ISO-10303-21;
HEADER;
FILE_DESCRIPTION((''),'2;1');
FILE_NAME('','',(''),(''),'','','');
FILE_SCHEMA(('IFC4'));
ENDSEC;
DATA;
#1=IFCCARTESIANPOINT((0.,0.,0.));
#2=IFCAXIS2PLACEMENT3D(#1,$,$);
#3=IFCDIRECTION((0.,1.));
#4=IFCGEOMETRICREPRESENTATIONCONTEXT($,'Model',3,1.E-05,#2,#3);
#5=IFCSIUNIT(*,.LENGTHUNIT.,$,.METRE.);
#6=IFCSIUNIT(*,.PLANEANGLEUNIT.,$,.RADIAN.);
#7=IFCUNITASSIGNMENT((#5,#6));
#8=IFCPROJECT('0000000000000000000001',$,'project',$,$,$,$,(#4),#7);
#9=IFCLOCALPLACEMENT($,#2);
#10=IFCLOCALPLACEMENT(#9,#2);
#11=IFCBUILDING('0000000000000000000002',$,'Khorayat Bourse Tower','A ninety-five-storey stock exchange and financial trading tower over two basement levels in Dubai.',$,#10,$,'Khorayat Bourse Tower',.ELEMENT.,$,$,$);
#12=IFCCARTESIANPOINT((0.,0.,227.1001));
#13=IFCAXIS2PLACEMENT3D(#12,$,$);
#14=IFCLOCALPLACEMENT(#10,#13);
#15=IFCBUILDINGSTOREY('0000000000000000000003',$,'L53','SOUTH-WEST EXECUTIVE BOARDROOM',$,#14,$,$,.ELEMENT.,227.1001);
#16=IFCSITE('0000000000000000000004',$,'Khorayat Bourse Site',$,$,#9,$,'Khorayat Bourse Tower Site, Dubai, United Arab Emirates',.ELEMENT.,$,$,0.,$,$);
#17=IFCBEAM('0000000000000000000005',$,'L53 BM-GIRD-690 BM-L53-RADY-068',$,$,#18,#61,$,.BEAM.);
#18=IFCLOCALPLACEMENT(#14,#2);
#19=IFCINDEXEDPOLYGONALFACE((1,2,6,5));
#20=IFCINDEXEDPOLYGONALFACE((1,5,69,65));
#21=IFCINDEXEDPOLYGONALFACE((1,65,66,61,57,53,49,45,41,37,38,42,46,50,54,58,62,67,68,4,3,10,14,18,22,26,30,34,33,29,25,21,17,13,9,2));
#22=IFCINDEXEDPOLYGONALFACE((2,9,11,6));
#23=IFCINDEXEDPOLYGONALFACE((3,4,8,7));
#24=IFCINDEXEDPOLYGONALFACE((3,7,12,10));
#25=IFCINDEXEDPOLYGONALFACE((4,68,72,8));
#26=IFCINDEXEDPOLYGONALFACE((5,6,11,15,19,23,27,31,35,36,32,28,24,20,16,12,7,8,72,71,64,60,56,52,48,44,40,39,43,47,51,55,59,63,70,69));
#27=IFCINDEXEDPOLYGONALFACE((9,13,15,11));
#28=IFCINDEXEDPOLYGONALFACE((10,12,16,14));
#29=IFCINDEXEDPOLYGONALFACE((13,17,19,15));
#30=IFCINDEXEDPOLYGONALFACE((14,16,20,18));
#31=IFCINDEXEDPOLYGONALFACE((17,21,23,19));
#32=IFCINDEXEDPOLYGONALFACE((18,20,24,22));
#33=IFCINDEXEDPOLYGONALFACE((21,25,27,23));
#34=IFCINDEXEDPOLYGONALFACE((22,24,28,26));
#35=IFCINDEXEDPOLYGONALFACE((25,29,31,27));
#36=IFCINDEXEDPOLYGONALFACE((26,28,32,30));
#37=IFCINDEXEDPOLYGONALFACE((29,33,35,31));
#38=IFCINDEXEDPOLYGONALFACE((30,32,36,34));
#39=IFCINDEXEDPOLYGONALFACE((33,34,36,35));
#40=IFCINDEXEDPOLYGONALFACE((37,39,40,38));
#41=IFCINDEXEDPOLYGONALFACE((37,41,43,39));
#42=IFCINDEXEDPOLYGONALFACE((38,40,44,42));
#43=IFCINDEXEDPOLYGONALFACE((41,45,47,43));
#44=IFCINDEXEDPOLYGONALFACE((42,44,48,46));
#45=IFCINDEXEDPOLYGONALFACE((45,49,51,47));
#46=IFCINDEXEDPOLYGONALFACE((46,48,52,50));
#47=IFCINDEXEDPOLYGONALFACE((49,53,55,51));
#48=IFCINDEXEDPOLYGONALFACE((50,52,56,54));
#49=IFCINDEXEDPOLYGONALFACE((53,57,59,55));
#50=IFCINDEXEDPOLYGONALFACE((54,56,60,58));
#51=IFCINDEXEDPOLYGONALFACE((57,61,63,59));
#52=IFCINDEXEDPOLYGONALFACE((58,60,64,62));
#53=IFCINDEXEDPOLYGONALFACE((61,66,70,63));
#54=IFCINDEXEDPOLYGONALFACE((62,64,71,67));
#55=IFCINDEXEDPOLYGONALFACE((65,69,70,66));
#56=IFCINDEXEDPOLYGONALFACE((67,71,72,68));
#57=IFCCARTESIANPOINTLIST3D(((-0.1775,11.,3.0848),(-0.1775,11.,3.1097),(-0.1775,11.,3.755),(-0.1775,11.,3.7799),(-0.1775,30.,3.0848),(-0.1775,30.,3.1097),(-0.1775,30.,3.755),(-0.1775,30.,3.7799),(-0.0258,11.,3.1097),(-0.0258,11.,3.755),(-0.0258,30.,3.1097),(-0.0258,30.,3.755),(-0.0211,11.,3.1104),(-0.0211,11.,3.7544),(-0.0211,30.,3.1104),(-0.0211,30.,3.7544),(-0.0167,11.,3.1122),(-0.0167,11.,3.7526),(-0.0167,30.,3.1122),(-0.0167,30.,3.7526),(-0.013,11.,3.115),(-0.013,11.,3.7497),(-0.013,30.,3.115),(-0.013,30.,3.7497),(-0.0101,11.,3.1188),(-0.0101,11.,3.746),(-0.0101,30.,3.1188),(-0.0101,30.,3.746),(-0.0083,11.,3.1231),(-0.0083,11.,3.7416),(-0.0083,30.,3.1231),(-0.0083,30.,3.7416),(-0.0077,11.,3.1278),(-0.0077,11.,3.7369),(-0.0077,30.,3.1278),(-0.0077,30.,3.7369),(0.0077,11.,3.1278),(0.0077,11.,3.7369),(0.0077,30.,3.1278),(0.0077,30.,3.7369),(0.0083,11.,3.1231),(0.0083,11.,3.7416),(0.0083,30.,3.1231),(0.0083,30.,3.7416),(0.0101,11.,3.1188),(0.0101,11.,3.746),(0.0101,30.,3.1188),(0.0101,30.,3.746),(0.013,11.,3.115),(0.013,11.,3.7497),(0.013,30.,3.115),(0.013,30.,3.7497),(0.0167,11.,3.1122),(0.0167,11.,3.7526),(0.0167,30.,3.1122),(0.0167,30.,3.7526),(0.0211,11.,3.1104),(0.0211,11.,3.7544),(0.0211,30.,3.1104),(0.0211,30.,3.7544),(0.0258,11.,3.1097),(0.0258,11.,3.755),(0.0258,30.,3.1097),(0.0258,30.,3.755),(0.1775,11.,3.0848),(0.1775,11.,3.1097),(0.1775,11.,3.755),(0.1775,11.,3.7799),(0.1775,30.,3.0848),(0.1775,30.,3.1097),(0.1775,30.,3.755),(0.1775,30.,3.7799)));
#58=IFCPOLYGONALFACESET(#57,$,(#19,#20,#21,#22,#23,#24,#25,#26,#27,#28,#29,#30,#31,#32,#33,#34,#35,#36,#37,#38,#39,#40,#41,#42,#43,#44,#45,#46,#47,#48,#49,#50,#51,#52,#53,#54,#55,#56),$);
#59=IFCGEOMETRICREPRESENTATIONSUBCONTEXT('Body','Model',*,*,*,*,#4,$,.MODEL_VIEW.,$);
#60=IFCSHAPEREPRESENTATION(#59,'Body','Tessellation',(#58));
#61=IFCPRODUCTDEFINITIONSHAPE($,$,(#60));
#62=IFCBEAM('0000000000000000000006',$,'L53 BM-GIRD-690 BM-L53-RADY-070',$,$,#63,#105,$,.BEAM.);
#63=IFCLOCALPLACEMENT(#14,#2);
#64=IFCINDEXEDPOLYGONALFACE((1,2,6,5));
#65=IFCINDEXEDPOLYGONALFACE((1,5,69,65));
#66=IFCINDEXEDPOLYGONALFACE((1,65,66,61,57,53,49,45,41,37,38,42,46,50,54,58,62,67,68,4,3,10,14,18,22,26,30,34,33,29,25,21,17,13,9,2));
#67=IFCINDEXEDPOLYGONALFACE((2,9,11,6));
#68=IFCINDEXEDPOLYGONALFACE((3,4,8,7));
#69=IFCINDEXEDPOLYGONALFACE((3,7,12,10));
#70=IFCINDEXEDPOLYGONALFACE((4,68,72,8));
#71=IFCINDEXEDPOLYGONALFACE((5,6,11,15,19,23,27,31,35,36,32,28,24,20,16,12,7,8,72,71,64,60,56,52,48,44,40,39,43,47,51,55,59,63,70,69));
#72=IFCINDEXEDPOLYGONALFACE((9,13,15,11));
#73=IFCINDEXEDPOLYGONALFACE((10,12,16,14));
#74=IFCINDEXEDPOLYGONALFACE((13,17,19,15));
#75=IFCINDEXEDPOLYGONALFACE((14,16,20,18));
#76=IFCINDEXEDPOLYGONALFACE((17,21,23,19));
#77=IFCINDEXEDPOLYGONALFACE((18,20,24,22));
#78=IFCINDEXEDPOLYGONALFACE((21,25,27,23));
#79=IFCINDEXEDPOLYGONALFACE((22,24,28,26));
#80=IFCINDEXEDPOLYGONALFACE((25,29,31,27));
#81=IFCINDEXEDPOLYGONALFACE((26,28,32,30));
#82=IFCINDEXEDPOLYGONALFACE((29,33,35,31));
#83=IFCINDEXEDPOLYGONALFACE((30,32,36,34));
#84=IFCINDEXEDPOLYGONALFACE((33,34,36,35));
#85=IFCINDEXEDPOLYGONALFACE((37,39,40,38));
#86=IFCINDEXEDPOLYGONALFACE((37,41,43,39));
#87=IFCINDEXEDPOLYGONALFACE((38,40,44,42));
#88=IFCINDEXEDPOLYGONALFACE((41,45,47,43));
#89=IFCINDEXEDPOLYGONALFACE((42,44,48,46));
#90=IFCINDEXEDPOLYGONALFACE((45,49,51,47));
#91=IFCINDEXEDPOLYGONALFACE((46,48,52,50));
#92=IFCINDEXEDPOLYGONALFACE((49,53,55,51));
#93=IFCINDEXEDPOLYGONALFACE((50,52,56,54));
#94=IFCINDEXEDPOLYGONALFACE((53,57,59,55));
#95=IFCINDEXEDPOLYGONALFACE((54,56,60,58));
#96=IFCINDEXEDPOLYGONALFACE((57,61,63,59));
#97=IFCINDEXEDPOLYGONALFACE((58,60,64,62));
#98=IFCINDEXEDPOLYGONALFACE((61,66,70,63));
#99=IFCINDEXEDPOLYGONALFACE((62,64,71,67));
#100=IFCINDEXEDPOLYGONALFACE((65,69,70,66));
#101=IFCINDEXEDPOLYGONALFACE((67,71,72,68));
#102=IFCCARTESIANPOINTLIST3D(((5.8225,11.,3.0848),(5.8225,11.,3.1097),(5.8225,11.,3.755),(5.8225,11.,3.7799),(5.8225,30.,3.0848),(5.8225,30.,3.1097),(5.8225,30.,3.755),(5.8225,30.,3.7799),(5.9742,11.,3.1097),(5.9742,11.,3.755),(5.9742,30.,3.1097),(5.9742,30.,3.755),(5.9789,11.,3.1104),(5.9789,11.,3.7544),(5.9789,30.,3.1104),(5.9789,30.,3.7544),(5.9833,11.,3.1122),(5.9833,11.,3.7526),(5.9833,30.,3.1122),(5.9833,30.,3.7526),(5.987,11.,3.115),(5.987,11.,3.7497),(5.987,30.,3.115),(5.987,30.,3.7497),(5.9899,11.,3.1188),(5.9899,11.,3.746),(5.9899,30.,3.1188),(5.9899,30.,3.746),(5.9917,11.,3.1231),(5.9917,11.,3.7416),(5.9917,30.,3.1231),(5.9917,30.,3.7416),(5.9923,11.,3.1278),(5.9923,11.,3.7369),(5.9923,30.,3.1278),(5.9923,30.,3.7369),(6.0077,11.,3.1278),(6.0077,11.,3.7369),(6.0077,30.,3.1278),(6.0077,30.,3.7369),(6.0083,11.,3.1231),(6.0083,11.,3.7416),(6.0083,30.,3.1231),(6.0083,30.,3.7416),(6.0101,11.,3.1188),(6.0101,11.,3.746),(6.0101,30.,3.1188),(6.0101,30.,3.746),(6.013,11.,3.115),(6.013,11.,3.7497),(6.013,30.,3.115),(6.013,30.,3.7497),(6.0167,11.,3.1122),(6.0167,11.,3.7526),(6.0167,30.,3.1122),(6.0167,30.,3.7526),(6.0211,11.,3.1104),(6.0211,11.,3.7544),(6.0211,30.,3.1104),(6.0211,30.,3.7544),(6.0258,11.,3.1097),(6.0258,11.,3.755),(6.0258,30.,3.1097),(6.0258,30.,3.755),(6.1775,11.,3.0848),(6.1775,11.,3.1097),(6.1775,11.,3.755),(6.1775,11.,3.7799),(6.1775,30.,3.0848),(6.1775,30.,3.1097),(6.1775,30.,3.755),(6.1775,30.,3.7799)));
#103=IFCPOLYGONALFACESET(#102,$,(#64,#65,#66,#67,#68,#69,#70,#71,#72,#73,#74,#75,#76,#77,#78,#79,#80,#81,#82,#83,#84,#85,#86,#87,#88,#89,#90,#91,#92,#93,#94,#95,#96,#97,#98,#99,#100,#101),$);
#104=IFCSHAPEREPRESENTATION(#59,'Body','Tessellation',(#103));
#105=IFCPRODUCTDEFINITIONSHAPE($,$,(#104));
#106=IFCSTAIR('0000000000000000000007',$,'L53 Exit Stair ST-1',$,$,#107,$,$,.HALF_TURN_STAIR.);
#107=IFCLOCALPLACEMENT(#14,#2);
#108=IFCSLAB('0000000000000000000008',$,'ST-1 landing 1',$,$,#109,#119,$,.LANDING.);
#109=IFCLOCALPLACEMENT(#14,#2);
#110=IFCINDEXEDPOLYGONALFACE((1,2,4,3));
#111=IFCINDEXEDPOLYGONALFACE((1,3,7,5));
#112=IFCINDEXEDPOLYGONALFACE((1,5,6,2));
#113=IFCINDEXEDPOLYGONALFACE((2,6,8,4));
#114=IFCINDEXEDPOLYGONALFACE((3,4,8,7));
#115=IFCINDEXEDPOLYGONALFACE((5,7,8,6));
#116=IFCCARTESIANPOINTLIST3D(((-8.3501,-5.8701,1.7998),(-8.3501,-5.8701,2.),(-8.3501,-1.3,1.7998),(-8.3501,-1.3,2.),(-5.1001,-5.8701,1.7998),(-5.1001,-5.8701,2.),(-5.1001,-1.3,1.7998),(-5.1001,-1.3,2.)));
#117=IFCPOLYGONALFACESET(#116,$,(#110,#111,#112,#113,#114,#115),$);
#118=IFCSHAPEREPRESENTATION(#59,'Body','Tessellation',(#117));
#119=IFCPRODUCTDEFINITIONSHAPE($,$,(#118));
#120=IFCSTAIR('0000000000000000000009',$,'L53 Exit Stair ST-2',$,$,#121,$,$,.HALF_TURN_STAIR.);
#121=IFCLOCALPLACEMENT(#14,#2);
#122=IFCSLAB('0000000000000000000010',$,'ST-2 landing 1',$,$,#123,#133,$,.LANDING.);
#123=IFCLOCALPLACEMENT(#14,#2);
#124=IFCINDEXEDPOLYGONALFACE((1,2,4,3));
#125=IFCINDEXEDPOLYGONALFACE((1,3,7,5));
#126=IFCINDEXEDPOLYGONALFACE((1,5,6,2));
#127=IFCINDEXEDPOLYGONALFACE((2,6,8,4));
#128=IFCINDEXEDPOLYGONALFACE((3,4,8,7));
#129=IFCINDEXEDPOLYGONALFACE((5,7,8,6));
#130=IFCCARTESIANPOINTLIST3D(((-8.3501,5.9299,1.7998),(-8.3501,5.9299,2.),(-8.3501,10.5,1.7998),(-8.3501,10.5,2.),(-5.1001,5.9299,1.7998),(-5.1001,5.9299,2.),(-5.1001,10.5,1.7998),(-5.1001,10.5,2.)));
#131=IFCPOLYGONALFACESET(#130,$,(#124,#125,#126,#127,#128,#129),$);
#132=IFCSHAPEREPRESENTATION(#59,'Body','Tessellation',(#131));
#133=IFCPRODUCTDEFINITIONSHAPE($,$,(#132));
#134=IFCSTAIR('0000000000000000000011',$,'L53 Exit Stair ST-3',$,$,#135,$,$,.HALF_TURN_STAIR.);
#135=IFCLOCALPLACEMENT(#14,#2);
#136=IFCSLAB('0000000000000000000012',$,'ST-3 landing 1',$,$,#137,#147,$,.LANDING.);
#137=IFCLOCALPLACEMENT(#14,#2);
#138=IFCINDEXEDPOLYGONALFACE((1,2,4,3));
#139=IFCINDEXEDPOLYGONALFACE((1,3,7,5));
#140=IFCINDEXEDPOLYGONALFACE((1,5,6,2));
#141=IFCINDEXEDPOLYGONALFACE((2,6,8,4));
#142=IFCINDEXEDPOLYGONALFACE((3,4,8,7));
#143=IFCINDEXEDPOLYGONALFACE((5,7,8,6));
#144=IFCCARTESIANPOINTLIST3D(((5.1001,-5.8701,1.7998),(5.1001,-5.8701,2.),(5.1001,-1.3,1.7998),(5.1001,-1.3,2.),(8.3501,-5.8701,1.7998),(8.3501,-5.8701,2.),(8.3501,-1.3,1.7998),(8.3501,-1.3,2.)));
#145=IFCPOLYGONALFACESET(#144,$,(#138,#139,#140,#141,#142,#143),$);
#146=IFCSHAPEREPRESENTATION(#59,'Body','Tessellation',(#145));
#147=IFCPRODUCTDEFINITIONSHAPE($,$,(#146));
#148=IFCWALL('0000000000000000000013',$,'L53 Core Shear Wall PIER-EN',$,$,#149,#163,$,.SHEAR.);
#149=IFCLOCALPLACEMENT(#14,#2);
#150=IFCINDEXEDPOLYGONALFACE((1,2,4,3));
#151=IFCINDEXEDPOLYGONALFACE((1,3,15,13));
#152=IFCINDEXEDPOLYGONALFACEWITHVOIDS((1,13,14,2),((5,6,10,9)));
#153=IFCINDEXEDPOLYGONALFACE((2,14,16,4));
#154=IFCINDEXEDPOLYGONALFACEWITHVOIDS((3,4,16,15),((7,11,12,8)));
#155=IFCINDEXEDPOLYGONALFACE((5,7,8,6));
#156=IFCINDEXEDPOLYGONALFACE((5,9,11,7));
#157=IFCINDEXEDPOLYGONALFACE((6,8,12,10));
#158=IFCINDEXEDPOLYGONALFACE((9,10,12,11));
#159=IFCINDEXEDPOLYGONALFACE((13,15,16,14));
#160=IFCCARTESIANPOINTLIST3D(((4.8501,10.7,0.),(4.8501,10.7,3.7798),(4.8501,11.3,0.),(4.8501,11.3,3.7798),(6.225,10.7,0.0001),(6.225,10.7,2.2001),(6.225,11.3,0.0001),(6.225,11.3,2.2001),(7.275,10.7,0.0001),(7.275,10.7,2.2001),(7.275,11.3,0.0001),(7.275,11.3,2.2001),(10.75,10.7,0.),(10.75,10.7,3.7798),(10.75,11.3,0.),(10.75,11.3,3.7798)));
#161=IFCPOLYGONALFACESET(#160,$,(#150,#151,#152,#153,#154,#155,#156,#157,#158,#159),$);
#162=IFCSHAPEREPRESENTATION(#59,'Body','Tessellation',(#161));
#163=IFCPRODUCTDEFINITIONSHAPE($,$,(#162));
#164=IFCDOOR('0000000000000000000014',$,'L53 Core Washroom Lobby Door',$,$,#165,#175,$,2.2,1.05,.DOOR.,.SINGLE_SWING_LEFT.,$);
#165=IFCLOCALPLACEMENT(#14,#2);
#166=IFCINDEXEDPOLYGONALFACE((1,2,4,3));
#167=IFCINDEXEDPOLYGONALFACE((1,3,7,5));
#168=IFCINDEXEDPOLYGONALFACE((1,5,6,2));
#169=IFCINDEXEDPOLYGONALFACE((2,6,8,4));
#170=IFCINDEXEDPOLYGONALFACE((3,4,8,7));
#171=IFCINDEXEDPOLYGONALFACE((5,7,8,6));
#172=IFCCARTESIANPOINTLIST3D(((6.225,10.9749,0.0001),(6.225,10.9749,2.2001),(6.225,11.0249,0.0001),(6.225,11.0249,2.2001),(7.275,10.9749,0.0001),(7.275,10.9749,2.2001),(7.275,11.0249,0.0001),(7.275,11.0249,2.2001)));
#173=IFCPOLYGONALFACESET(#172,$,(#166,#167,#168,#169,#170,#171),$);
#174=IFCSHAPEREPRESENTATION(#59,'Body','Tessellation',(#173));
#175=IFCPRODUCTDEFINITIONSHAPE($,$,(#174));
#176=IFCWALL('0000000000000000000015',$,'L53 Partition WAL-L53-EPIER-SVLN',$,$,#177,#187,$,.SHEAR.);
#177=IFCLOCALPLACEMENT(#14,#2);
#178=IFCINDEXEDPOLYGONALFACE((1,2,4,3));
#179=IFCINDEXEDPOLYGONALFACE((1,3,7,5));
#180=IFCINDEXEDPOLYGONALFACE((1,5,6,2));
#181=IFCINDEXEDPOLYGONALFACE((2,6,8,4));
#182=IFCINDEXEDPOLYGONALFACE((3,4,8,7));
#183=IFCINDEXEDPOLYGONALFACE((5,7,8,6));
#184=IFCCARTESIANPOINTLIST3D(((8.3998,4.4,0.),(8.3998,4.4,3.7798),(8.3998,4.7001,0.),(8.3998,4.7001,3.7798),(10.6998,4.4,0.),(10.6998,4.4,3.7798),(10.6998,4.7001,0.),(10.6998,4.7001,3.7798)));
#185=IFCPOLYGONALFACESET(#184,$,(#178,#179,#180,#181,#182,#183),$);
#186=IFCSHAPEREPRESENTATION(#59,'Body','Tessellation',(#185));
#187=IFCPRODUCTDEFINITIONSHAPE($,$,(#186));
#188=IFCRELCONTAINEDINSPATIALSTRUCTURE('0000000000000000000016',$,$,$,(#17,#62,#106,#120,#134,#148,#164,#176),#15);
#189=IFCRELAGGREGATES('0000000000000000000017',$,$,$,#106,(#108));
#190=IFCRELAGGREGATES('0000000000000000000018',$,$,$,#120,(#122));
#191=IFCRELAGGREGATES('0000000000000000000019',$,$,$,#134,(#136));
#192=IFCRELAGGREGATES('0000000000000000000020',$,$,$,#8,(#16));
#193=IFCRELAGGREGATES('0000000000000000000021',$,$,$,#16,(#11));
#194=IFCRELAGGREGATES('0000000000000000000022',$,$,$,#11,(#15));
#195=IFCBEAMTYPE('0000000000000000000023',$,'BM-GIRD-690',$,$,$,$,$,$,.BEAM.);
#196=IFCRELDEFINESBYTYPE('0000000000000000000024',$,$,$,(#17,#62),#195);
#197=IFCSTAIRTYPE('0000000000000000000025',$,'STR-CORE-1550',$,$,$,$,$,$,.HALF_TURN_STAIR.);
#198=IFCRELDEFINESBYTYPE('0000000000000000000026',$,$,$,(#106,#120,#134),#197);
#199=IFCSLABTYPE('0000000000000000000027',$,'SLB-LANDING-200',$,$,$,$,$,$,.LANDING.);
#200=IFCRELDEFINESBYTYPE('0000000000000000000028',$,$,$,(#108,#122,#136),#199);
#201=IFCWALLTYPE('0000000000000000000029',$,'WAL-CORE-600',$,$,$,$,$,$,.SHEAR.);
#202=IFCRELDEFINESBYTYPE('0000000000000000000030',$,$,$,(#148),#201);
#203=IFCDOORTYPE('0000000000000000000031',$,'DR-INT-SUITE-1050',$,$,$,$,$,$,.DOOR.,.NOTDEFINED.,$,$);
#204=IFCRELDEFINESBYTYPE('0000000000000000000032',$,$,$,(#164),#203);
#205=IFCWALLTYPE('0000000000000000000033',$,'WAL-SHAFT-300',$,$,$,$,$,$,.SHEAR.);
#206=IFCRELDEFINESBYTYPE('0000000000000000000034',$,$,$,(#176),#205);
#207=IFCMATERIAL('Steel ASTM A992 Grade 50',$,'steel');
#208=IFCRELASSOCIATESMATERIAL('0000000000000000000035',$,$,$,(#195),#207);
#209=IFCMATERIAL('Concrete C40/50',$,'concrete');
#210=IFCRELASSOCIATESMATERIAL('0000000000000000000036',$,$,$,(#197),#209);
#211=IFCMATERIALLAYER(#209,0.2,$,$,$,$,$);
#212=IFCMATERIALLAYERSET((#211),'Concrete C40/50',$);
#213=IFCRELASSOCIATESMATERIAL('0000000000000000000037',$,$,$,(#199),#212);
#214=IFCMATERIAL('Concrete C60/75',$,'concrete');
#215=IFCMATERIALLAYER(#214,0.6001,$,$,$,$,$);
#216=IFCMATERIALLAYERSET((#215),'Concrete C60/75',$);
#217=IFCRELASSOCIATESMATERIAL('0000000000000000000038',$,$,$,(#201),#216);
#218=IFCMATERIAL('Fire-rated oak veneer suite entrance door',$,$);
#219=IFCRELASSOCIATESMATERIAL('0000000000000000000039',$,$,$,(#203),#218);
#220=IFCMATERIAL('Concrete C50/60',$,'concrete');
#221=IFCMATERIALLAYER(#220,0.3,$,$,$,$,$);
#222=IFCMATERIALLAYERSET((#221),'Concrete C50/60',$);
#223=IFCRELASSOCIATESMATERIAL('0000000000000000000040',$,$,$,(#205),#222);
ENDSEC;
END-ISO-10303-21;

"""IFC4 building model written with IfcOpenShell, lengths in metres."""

from ifc_helpers import new_model, si_unit, direction, frame, frame_2d, origin, origin_2d, place, context, subcontext, project, spatial, polyline, rectangle, i_section, outline, extrude, source, transform, mapped, material, layer, layer_set, material_profile, profile_set, type_object, element, fill, aggregate, save


model = new_model("IFC4")

# Units and contexts
model_context = context("Model", 3, precision=1e-05, world=origin(), true_north=direction((0.0, 1.0)))
body_context = subcontext(model_context, "Body", "Model", "MODEL_VIEW")
ifc_project = project(units=[si_unit("LENGTHUNIT", "METRE"), si_unit("PLANEANGLEUNIT", "RADIAN")], contexts=[model_context])

# Site, building, storey
site_placement = place(None, origin())
site = spatial("IfcSite", under=ifc_project, at=site_placement, Name="Khorayat Bourse Site", LongName="Khorayat Bourse Tower Site, Dubai, United Arab Emirates", CompositionType="ELEMENT", RefElevation=0.0)
building_placement = place(site_placement, origin())
building = spatial("IfcBuilding", under=site, at=building_placement, Name="Khorayat Bourse Tower", Description="A ninety-five-storey stock exchange and financial trading tower over two basement levels in Dubai.", LongName="Khorayat Bourse Tower", CompositionType="ELEMENT")
storey_placement = place(building_placement, frame((0.0, 0.0, 227.1001)))
storey = spatial("IfcBuildingStorey", under=building, at=storey_placement, Name="L53", Description="SOUTH-WEST EXECUTIVE BOARDROOM", CompositionType="ELEMENT", Elevation=227.1001)

# Shared definitions
ifc_material_1 = material(Name="Concrete C60/75", Category="concrete")

# Beams
ifc_material_2 = material(Name="Steel ASTM A992 Grade 50", Category="steel")
ifc_material_profile_1 = material_profile(ifc_material_2, i_section(OverallWidth=0.355, OverallDepth=0.6951, WebThickness=0.0154, FlangeThickness=0.0249, FilletRadius=0.0181, at=origin_2d()), Name="W690X217")
ifc_profile_set_1 = profile_set([ifc_material_profile_1], Name="Steel ASTM A992 Grade 50")
beam_type_1 = type_object("IfcBeamType", Name="BM-GIRD-690", PredefinedType="BEAM", material=ifc_profile_set_1)
shared_shape_1 = source(origin(), body_context, "Body", "SweptSolid", [
    extrude(i_section(OverallWidth=0.355, OverallDepth=0.6951, WebThickness=0.0154, FlangeThickness=0.0249, FilletRadius=0.0181, at=origin_2d()), origin(), (0.0, 0.0, 1.0), 19.0),
])
for number, where, z_axis, x_axis, name in (
    (1, (0.0, 11.0, 3.4324), (0.0, 1.0, 0.0), (-1.0, 0.0, 0.0), "L53 BM-GIRD-690 BM-L53-RADY-068"),
    (2, (6.0, 11.0, 3.4324), (0.0, 1.0, 0.0), (-1.0, 0.0, 0.0), "L53 BM-GIRD-690 BM-L53-RADY-070"),
):
    element("IfcBeam", number, at=place(storey_placement, frame(where, z_axis=z_axis, x_axis=x_axis)), inside=storey, type_object=beam_type_1, Name=name, PredefinedType="BEAM", context=body_context, shape_type="MappedRepresentation", body=[
        mapped(shared_shape_1, transform((0.0, 0.0, 0.0), scale=1.0)),
    ])

# Stairs, slabs
ifc_material_3 = material(Name="Concrete C40/50", Category="concrete")
stair_type = type_object("IfcStairType", Name="STR-CORE-1550", PredefinedType="HALF_TURN_STAIR", material=ifc_material_3)
stair_1_placement = place(storey_placement, origin())
stair_1 = element("IfcStair", 3, at=stair_1_placement, inside=storey, type_object=stair_type, Name="L53 Exit Stair ST-1", PredefinedType="HALF_TURN_STAIR")
ifc_layer_1 = layer(ifc_material_3, 0.2)
ifc_layer_set_1 = layer_set([ifc_layer_1], Name="Concrete C40/50")
slab_type = type_object("IfcSlabType", Name="SLB-LANDING-200", PredefinedType="LANDING", material=ifc_layer_set_1)
slab_1_placement = place(storey_placement, frame((0.0, 0.0, 1.7998)))
slab_1 = element("IfcSlab", 4, at=slab_1_placement, type_object=slab_type, Name="ST-1 landing 1", PredefinedType="LANDING", context=body_context, shape_type="SweptSolid", body=[
    extrude(outline(polyline([(-5.1001, -5.8701), (-5.1001, -1.3), (-8.3501, -1.3), (-8.3501, -5.8701), (-5.1001, -5.8701)])), origin(), (0.0, 0.0, 1.0), 0.2002),
])
aggregate(stair_1, [slab_1])
stair_2_placement = place(storey_placement, origin())
stair_2 = element("IfcStair", 5, at=stair_2_placement, inside=storey, type_object=stair_type, Name="L53 Exit Stair ST-2", PredefinedType="HALF_TURN_STAIR")
slab_2_placement = place(storey_placement, frame((0.0, 0.0, 1.7998)))
slab_2 = element("IfcSlab", 6, at=slab_2_placement, type_object=slab_type, Name="ST-2 landing 1", PredefinedType="LANDING", context=body_context, shape_type="SweptSolid", body=[
    extrude(outline(polyline([(-5.1001, 5.9299), (-5.1001, 10.5), (-8.3501, 10.5), (-8.3501, 5.9299), (-5.1001, 5.9299)])), origin(), (0.0, 0.0, 1.0), 0.2002),
])
aggregate(stair_2, [slab_2])
stair_3_placement = place(storey_placement, origin())
stair_3 = element("IfcStair", 7, at=stair_3_placement, inside=storey, type_object=stair_type, Name="L53 Exit Stair ST-3", PredefinedType="HALF_TURN_STAIR")
slab_3_placement = place(storey_placement, frame((0.0, 0.0, 1.7998)))
slab_3 = element("IfcSlab", 8, at=slab_3_placement, type_object=slab_type, Name="ST-3 landing 1", PredefinedType="LANDING", context=body_context, shape_type="SweptSolid", body=[
    extrude(outline(polyline([(8.3501, -5.8701), (8.3501, -1.3), (5.1001, -1.3), (5.1001, -5.8701), (8.3501, -5.8701)])), origin(), (0.0, 0.0, 1.0), 0.2002),
])
aggregate(stair_3, [slab_3])

# Wall, opening, door
ifc_layer_2 = layer(ifc_material_1, 0.6001)
ifc_layer_set_2 = layer_set([ifc_layer_2], Name="Concrete C60/75")
wall_type_1 = type_object("IfcWallType", Name="WAL-CORE-600", PredefinedType="SHEAR", material=ifc_layer_set_2)
shared_shape_2 = source(origin(), body_context, "Body", "SweptSolid", [
    extrude(rectangle(XDim=5.8999, YDim=0.6001, at=frame_2d((2.95, 0.0))), origin(), (0.0, 0.0, 1.0), 3.7798),
])
wall_1_placement = place(storey_placement, frame((4.8501, 11.0, 0.0), z_axis=(0.0, 0.0, 1.0), x_axis=(1.0, 0.0, 0.0)))
wall_1 = element("IfcWall", 9, at=wall_1_placement, inside=storey, type_object=wall_type_1, Name="L53 Core Shear Wall PIER-EN", PredefinedType="SHEAR", context=body_context, shape_type="MappedRepresentation", body=[
    mapped(shared_shape_2, transform((0.0, 0.0, 0.0), scale=1.0)),
])
shared_shape_3 = source(origin(), body_context, "Body", "SweptSolid", [
    extrude(rectangle(XDim=1.05, YDim=2.2, at=frame_2d((0.5249, 1.1001))), frame((0.0, 0.3101, 0.0), z_axis=(0.0, -1.0, 0.0), x_axis=(1.0, 0.0, 0.0)), (0.0, 0.0, 1.0), 0.6201),
])
opening_1_placement = place(wall_1_placement, frame((1.375, 0.0, 0.0)))
opening_1 = element("IfcOpeningElement", 10, at=opening_1_placement, cuts=wall_1, PredefinedType="OPENING", context=body_context, shape_type="MappedRepresentation", body=[
    mapped(shared_shape_3, transform((0.0, 0.0, 0.0), scale=1.0)),
])
ifc_material_4 = material(Name="Fire-rated oak veneer suite entrance door")
door_type_1 = type_object("IfcDoorType", Name="DR-INT-SUITE-1050", OperationType="NOTDEFINED", PredefinedType="DOOR", material=ifc_material_4)
shared_shape_4 = source(origin(), body_context, "Body", "SweptSolid", [
    extrude(rectangle(XDim=1.05, YDim=2.2, at=frame_2d((0.5249, 1.1001))), frame((0.0, 0.0249, 0.0), z_axis=(0.0, -1.0, 0.0), x_axis=(1.0, 0.0, 0.0)), (0.0, 0.0, 1.0), 0.05),
])
door_1_placement = place(opening_1_placement, origin())
door_1 = element("IfcDoor", 11, at=door_1_placement, inside=storey, type_object=door_type_1, Name="L53 Core Washroom Lobby Door", OperationType="SINGLE_SWING_LEFT", OverallHeight=2.2, OverallWidth=1.05, PredefinedType="DOOR", context=body_context, shape_type="MappedRepresentation", body=[
    mapped(shared_shape_4, transform((0.0, 0.0, 0.0), scale=1.0)),
])
fill(opening_1, door_1)

# Wall
ifc_material_5 = material(Name="Concrete C50/60", Category="concrete")
ifc_layer_3 = layer(ifc_material_5, 0.3)
ifc_layer_set_3 = layer_set([ifc_layer_3], Name="Concrete C50/60")
wall_type_2 = type_object("IfcWallType", Name="WAL-SHAFT-300", PredefinedType="SHEAR", material=ifc_layer_set_3)
shared_shape_5 = source(origin(), body_context, "Body", "SweptSolid", [
    extrude(rectangle(XDim=2.3, YDim=0.3, at=frame_2d((1.1499, 0.0))), origin(), (0.0, 0.0, 1.0), 3.7798),
])
for number, where, z_axis, x_axis, name in (
    (12, (8.3999, 4.55, 0.0), (0.0, 0.0, 1.0), (1.0, 0.0, 0.0), "L53 Partition WAL-L53-EPIER-SVLN"),
):
    element("IfcWall", number, at=place(storey_placement, frame(where, z_axis=z_axis, x_axis=x_axis)), inside=storey, type_object=wall_type_2, Name=name, PredefinedType="SHEAR", context=body_context, shape_type="MappedRepresentation", body=[
        mapped(shared_shape_5, transform((0.0, 0.0, 0.0), scale=1.0)),
    ])

save(model, "model.ifc")
